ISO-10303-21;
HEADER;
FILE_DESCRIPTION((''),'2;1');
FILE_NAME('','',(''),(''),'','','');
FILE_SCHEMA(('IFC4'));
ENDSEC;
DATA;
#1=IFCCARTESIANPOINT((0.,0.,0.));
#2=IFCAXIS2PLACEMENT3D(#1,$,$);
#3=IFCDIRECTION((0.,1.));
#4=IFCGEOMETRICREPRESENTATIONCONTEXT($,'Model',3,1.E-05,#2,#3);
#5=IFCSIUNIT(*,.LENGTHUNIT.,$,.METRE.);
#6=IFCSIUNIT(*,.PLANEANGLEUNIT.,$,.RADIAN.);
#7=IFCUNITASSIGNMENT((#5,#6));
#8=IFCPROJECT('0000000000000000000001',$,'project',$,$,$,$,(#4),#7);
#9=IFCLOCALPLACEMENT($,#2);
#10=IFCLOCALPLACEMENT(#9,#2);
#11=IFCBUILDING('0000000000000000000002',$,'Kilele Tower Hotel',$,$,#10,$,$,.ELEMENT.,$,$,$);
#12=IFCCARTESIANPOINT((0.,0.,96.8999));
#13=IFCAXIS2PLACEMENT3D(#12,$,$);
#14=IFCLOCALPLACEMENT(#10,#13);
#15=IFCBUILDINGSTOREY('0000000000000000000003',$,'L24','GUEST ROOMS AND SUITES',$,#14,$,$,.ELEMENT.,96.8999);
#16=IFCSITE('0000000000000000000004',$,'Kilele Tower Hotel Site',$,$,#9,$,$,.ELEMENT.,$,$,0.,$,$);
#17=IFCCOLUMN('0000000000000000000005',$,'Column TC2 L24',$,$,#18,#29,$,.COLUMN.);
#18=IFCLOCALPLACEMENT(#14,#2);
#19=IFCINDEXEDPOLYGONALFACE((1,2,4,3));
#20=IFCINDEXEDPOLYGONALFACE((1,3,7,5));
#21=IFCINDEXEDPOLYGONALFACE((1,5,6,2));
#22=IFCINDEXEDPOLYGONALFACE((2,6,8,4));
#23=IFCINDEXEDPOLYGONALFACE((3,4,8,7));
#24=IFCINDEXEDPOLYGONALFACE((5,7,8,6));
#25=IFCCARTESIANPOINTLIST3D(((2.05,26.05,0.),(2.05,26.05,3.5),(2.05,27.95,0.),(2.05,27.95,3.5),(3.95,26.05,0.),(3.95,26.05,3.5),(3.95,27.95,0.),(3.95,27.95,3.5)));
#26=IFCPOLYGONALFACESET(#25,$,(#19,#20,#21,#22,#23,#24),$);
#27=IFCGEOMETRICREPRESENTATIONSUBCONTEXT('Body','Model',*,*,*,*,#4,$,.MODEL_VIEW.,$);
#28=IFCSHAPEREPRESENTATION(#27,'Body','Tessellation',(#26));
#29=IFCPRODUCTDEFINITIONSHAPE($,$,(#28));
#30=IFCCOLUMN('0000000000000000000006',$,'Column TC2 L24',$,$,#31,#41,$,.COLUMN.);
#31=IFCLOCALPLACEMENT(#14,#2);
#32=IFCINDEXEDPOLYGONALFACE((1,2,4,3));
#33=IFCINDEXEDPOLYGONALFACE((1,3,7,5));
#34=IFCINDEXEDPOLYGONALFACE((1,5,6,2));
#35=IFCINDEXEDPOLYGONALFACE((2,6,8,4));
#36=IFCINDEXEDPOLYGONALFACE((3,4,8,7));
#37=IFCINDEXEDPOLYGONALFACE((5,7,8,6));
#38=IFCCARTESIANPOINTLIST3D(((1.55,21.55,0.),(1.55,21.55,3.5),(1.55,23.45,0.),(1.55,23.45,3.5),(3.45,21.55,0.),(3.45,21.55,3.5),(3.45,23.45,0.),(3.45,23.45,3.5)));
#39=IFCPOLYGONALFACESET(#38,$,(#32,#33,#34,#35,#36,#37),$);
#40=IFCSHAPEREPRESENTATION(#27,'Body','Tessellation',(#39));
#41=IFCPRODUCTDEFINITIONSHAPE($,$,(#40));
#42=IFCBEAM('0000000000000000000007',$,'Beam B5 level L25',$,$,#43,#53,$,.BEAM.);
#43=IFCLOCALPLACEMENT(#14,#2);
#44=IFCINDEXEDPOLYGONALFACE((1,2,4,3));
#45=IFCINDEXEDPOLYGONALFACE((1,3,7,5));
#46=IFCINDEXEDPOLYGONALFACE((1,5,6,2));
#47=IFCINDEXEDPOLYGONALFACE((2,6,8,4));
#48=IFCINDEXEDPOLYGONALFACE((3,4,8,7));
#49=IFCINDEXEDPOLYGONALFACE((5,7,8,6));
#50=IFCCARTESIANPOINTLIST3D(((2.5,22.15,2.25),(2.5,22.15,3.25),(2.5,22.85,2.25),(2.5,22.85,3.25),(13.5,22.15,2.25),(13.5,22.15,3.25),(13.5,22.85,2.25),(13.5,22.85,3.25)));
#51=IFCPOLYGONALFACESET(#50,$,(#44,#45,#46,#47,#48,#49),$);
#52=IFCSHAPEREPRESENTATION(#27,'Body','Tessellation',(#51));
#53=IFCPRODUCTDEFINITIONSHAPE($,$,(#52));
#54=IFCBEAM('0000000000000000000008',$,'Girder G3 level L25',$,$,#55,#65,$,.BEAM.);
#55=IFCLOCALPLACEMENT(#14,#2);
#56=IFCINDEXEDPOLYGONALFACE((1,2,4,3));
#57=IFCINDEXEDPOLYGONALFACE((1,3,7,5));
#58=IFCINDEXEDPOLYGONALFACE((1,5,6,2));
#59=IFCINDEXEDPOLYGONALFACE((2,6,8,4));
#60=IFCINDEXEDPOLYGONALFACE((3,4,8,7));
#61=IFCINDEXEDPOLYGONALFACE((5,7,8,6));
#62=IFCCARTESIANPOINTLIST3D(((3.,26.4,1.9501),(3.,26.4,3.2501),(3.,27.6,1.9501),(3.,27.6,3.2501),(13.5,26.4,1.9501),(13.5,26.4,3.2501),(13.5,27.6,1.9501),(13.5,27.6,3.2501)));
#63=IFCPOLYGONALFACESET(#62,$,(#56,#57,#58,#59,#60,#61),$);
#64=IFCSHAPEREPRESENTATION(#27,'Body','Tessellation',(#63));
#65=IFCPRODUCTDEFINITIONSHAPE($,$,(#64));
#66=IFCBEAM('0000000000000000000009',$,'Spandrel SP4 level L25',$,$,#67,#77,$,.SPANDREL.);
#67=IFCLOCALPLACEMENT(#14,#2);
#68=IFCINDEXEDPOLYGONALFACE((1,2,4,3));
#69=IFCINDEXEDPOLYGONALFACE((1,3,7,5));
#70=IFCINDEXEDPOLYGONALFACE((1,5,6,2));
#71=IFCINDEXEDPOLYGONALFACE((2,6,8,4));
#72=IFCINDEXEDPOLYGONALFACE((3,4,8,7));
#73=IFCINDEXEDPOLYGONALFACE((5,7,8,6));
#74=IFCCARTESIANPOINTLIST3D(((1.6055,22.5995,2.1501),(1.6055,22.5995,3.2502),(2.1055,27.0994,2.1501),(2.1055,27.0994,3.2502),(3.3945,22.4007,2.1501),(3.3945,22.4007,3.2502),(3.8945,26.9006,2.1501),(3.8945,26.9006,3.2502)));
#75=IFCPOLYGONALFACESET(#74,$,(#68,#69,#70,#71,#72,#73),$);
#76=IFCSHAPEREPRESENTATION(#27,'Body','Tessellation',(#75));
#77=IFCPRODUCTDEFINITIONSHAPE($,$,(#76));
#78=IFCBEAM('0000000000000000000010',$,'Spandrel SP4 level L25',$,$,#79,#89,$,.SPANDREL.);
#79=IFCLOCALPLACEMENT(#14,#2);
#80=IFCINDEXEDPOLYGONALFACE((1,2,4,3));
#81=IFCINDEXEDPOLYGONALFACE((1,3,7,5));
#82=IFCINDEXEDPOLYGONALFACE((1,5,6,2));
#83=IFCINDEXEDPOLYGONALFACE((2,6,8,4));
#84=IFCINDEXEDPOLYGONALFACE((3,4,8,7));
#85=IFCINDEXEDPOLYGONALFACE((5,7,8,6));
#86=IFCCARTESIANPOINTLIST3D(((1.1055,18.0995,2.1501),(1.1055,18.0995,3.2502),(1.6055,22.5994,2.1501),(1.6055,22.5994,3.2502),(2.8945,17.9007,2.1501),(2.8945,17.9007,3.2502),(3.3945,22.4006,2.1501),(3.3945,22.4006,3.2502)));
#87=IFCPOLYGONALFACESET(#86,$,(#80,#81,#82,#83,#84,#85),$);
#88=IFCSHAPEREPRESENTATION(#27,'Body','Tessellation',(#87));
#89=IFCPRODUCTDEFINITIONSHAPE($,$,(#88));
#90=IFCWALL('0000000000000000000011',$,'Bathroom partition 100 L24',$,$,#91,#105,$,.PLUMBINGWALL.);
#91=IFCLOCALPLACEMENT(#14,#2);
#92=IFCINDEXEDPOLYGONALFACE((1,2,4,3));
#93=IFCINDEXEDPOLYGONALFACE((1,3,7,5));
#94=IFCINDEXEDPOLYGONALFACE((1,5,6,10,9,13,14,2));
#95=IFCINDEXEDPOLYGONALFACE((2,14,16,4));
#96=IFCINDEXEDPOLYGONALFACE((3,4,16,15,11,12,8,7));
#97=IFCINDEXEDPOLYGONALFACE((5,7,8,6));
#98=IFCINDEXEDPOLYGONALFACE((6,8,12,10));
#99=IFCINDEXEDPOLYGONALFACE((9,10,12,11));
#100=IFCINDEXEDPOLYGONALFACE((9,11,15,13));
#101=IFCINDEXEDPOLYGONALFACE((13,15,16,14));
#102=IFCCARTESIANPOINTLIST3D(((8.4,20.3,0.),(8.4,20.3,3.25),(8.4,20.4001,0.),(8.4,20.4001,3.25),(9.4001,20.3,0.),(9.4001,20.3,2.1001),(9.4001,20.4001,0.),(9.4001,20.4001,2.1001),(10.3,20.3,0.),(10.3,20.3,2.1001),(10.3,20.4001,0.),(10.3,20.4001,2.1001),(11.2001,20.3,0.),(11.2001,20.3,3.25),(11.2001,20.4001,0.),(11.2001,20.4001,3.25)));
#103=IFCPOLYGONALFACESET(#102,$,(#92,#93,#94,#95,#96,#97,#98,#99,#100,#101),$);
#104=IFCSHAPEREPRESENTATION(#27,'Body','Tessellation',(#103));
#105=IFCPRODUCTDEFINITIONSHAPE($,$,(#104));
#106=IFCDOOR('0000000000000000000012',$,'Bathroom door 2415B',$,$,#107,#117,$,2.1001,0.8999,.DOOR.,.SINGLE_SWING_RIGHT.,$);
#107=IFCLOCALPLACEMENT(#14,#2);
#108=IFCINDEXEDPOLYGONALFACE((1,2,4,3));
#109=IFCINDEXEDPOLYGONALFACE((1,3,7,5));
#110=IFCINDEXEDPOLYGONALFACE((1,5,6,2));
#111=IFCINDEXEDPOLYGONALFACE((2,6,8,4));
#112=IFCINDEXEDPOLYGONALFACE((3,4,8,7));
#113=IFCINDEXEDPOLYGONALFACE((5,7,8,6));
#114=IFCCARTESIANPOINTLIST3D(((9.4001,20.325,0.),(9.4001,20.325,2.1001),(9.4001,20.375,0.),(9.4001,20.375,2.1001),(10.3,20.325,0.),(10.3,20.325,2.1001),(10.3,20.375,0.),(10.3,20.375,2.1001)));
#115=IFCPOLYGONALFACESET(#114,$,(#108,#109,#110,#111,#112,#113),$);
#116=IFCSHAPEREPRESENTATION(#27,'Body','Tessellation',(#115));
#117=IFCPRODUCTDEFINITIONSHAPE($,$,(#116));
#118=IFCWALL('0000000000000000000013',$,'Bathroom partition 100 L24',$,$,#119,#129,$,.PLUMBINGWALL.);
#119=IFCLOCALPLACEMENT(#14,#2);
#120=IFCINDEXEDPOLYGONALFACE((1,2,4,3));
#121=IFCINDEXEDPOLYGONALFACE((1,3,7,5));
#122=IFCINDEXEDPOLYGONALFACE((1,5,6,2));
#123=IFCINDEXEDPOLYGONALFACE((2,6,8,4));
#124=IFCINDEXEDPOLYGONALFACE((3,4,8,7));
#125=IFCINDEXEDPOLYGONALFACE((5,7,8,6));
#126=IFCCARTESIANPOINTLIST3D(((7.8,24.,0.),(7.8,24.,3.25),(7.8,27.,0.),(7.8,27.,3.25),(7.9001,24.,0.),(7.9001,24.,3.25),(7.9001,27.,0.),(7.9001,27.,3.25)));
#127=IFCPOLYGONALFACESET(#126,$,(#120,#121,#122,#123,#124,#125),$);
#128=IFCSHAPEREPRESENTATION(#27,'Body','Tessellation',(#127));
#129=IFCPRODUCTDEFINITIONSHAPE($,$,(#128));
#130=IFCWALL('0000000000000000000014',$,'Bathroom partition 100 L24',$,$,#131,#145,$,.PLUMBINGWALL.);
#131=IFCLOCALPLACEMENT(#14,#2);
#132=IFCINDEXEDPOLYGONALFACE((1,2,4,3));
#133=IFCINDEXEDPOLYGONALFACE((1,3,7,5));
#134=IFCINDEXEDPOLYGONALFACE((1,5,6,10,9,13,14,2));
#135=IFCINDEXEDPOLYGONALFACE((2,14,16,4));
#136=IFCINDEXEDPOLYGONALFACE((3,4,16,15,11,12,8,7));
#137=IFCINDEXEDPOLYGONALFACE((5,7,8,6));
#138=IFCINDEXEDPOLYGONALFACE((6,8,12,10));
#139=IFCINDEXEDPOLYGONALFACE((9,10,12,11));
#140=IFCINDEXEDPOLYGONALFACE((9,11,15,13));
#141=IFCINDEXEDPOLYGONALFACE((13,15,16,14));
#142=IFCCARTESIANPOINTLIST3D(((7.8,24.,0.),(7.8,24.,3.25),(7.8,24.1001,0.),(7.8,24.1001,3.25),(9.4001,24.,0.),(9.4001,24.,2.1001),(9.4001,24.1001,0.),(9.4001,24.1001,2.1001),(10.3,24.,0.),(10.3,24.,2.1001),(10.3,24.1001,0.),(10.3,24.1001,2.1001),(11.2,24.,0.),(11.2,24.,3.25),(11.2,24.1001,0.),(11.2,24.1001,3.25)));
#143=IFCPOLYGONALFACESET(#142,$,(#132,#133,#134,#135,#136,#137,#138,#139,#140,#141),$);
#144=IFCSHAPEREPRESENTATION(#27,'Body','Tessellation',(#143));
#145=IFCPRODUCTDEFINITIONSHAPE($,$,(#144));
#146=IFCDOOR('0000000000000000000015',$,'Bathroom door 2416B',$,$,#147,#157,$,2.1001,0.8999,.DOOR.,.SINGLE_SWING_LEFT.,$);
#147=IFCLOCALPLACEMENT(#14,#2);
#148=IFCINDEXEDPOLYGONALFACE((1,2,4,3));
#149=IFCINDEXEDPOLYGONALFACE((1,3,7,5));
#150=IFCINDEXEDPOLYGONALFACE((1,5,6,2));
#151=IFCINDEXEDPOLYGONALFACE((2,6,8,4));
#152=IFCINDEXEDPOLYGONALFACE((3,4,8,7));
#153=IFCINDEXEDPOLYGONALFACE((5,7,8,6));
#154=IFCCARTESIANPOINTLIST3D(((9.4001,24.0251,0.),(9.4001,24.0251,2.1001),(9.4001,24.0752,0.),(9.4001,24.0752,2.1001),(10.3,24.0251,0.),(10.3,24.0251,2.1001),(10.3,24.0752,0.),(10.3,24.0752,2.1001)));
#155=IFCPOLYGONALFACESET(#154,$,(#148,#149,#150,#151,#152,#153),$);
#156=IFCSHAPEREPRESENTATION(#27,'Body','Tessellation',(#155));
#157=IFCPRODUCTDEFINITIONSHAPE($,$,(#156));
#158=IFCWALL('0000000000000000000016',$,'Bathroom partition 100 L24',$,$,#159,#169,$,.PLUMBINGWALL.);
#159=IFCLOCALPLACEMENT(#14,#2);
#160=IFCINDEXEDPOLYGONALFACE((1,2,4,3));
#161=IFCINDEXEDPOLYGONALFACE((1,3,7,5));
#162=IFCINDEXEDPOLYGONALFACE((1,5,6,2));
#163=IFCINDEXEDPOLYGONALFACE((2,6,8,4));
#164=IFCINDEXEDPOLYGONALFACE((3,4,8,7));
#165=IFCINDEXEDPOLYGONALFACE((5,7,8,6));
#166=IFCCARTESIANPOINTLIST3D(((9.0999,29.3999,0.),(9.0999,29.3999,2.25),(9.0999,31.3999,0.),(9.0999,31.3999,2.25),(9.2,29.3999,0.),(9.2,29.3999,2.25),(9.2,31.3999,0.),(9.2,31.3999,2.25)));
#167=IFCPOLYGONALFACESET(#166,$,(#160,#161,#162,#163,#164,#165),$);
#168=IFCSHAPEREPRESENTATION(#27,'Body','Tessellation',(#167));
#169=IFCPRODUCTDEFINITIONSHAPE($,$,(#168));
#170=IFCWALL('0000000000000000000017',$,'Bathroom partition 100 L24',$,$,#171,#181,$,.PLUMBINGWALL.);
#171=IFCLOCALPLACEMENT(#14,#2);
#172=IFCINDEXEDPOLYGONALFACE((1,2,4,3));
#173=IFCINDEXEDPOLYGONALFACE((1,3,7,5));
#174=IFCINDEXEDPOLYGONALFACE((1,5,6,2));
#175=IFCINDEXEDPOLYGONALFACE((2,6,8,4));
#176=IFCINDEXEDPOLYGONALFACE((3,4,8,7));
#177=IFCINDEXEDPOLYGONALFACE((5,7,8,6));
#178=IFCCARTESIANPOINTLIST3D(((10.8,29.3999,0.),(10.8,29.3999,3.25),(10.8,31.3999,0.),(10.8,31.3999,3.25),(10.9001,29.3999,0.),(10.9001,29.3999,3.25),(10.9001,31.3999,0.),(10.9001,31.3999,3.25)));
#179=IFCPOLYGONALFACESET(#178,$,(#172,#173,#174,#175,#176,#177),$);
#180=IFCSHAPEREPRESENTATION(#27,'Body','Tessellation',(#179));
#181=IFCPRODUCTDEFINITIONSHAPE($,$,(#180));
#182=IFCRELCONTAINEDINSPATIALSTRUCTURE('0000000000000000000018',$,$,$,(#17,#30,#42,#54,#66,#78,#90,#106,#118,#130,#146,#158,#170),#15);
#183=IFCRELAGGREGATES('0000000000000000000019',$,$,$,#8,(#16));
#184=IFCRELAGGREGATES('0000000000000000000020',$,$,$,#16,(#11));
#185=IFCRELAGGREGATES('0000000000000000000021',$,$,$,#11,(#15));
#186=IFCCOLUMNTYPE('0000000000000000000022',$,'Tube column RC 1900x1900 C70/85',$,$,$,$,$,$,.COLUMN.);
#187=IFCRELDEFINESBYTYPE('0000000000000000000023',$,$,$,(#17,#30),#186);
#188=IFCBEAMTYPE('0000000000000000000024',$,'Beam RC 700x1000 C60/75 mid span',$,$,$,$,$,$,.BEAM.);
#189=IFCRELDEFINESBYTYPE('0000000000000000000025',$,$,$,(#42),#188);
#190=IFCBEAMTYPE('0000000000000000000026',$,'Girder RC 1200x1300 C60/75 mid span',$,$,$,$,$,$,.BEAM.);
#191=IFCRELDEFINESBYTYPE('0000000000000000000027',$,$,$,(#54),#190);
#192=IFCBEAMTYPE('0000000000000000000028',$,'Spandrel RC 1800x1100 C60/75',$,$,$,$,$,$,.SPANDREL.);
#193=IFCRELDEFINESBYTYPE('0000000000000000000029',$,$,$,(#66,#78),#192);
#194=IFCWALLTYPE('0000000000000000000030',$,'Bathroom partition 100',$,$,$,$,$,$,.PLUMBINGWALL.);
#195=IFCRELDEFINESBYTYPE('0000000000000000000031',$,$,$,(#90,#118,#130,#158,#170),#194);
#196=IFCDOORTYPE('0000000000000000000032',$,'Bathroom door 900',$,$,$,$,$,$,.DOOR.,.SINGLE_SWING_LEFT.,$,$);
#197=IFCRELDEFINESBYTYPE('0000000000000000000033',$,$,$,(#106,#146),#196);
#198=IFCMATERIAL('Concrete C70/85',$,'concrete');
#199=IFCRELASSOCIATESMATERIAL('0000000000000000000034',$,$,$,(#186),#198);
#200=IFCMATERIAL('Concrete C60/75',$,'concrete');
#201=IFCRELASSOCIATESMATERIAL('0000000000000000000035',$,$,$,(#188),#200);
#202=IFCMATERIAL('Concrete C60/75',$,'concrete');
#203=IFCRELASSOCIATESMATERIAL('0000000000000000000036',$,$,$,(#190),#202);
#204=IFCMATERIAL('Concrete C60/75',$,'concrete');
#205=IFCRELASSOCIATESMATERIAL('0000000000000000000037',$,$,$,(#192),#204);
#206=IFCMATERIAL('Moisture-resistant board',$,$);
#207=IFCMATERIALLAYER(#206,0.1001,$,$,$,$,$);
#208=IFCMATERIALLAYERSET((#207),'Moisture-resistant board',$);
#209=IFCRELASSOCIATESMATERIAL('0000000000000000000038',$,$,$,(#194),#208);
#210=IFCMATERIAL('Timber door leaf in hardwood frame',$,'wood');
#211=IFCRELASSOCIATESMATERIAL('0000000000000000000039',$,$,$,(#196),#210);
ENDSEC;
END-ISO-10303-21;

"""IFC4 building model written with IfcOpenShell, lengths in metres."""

from ifc_helpers import new_model, si_unit, direction, frame, frame_2d, origin, origin_2d, place, context, subcontext, project, spatial, rectangle, extrude, material, layer, layer_set, material_profile, profile_set, type_object, element, fill, save


model = new_model("IFC4")

# Units and contexts
model_context = context("Model", 3, precision=1e-05, world=origin(), true_north=direction((0.0, 1.0)))
body_context = subcontext(model_context, "Body", "Model", "MODEL_VIEW")
ifc_project = project(units=[si_unit("LENGTHUNIT", "METRE"), si_unit("PLANEANGLEUNIT", "RADIAN")], contexts=[model_context])

# Site, building, storey
site_placement = place(None, origin())
site = spatial("IfcSite", under=ifc_project, at=site_placement, Name="Kilele Tower Hotel Site", CompositionType="ELEMENT", RefElevation=0.0)
building_placement = place(site_placement, origin())
building = spatial("IfcBuilding", under=site, at=building_placement, Name="Kilele Tower Hotel", CompositionType="ELEMENT")
storey_placement = place(building_placement, frame((0.0, 0.0, 96.8999)))
storey = spatial("IfcBuildingStorey", under=building, at=storey_placement, Name="L24", Description="GUEST ROOMS AND SUITES", CompositionType="ELEMENT", Elevation=96.8999)

# Columns
ifc_material_1 = material(Name="Concrete C70/85", Category="concrete")
ifc_material_profile_1 = material_profile(ifc_material_1, rectangle(XDim=1.8999, YDim=1.8999, at=origin_2d()))
ifc_profile_set_1 = profile_set([ifc_material_profile_1], Name="Concrete C70/85")
column_type = type_object("IfcColumnType", Name="Tube column RC 1900x1900 C70/85", PredefinedType="COLUMN", material=ifc_profile_set_1)
for number, where, z_axis, x_axis, name in (
    (1, (3.0, 27.0, 0.0), (0.0, 0.0, 1.0), (1.0, 0.0, 0.0), "Column TC2 L24"),
    (2, (2.5, 22.5, 0.0), (0.0, 0.0, 1.0), (1.0, 0.0, 0.0), "Column TC2 L24"),
):
    element("IfcColumn", number, at=place(storey_placement, frame(where, z_axis=z_axis, x_axis=x_axis)), inside=storey, type_object=column_type, Name=name, PredefinedType="COLUMN", context=body_context, shape_type="SweptSolid", body=[
        extrude(rectangle(XDim=1.8999, YDim=1.8999, at=origin_2d()), origin(), (0.0, 0.0, 1.0), 3.5),
    ])

# Beams
ifc_material_2 = material(Name="Concrete C60/75", Category="concrete")
ifc_material_profile_2 = material_profile(ifc_material_2, rectangle(XDim=0.7, YDim=1.0, at=origin_2d()))
ifc_profile_set_2 = profile_set([ifc_material_profile_2], Name="Concrete C60/75")
beam_type_1 = type_object("IfcBeamType", Name="Beam RC 700x1000 C60/75 mid span", PredefinedType="BEAM", material=ifc_profile_set_2)
beam_1_placement = place(storey_placement, frame((2.5, 22.5, 2.75), z_axis=(1.0, 0.0, 0.0), x_axis=(0.0, 1.0, 0.0)))
element("IfcBeam", 3, at=beam_1_placement, inside=storey, type_object=beam_type_1, Name="Beam B5 level L25", PredefinedType="BEAM", context=body_context, shape_type="SweptSolid", body=[
    extrude(rectangle(XDim=0.7, YDim=1.0, at=origin_2d()), origin(), (0.0, 0.0, 1.0), 11.0),
])
ifc_material_3 = material(Name="Concrete C60/75", Category="concrete")
ifc_material_profile_3 = material_profile(ifc_material_3, rectangle(XDim=1.2, YDim=1.3, at=origin_2d()))
ifc_profile_set_3 = profile_set([ifc_material_profile_3], Name="Concrete C60/75")
beam_type_2 = type_object("IfcBeamType", Name="Girder RC 1200x1300 C60/75 mid span", PredefinedType="BEAM", material=ifc_profile_set_3)
beam_2_placement = place(storey_placement, frame((3.0, 27.0, 2.6001), z_axis=(1.0, 0.0, 0.0), x_axis=(0.0, 1.0, 0.0)))
element("IfcBeam", 4, at=beam_2_placement, inside=storey, type_object=beam_type_2, Name="Girder G3 level L25", PredefinedType="BEAM", context=body_context, shape_type="SweptSolid", body=[
    extrude(rectangle(XDim=1.2, YDim=1.3, at=origin_2d()), origin(), (0.0, 0.0, 1.0), 10.5),
])
ifc_material_4 = material(Name="Concrete C60/75", Category="concrete")
ifc_material_profile_4 = material_profile(ifc_material_4, rectangle(XDim=1.8, YDim=1.1001, at=origin_2d()))
ifc_profile_set_4 = profile_set([ifc_material_profile_4], Name="Concrete C60/75")
beam_type_3 = type_object("IfcBeamType", Name="Spandrel RC 1800x1100 C60/75", PredefinedType="SPANDREL", material=ifc_profile_set_4)
for number, where, z_axis, x_axis, name in (
    (5, (3.0, 27.0, 2.7002), (-0.110432, -0.993884, 0.0), (0.993884, -0.110432, 0.0), "Spandrel SP4 level L25"),
    (6, (2.5, 22.5, 2.7002), (-0.110432, -0.993884, 0.0), (0.993884, -0.110432, 0.0), "Spandrel SP4 level L25"),
):
    element("IfcBeam", number, at=place(storey_placement, frame(where, z_axis=z_axis, x_axis=x_axis)), inside=storey, type_object=beam_type_3, Name=name, PredefinedType="SPANDREL", context=body_context, shape_type="SweptSolid", body=[
        extrude(rectangle(XDim=1.8, YDim=1.1001, at=origin_2d()), origin(), (0.0, 0.0, 1.0), 4.5276),
    ])

# Wall, opening, door
ifc_material_5 = material(Name="Moisture-resistant board")
ifc_layer_1 = layer(ifc_material_5, 0.1001)
ifc_layer_set_1 = layer_set([ifc_layer_1], Name="Moisture-resistant board")
wall_type_1 = type_object("IfcWallType", Name="Bathroom partition 100", PredefinedType="PLUMBINGWALL", material=ifc_layer_set_1)
wall_1_placement = place(storey_placement, frame((11.2, 20.3501, 0.0), z_axis=(0.0, 0.0, 1.0), x_axis=(-1.0, 0.0, 0.0)))
wall_1 = element("IfcWall", 7, at=wall_1_placement, inside=storey, type_object=wall_type_1, Name="Bathroom partition 100 L24", PredefinedType="PLUMBINGWALL", context=body_context, shape_type="SweptSolid", body=[
    extrude(rectangle(XDim=2.8, YDim=0.1001, at=frame_2d((1.3999, 0.0))), origin(), (0.0, 0.0, 1.0), 3.25),
])
opening_1_placement = place(wall_1_placement, frame((1.7998, 0.0, 0.0), z_axis=(0.0, 0.0, 1.0), x_axis=(-1.0, 0.0, 0.0)))
opening_1 = element("IfcOpeningElement", 8, at=opening_1_placement, cuts=wall_1, PredefinedType="OPENING", context=body_context, shape_type="SweptSolid", body=[
    extrude(rectangle(XDim=0.8999, YDim=2.1001, at=frame_2d((0.45, 1.05))), frame((0.0, 0.0601, 0.0), z_axis=(0.0, -1.0, 0.0), x_axis=(1.0, 0.0, 0.0)), (0.0, 0.0, 1.0), 0.1201),
])
ifc_material_6 = material(Name="Timber door leaf in hardwood frame", Category="wood")
door_type_1 = type_object("IfcDoorType", Name="Bathroom door 900", OperationType="SINGLE_SWING_LEFT", PredefinedType="DOOR", material=ifc_material_6)
door_1_placement = place(opening_1_placement, origin())
door_1 = element("IfcDoor", 9, at=door_1_placement, inside=storey, type_object=door_type_1, Name="Bathroom door 2415B", OperationType="SINGLE_SWING_RIGHT", OverallHeight=2.1001, OverallWidth=0.8999, PredefinedType="DOOR", context=body_context, shape_type="SweptSolid", body=[
    extrude(rectangle(XDim=0.8999, YDim=2.1001, at=frame_2d((0.45, 1.05))), frame((0.0, 0.0249, 0.0), z_axis=(0.0, -1.0, 0.0), x_axis=(1.0, 0.0, 0.0)), (0.0, 0.0, 1.0), 0.05),
])
fill(opening_1, door_1)

# Wall
wall_2_placement = place(storey_placement, frame((7.8501, 24.0, 0.0), z_axis=(0.0, 0.0, 1.0), x_axis=(0.0, 1.0, 0.0)))
element("IfcWall", 10, at=wall_2_placement, inside=storey, type_object=wall_type_1, Name="Bathroom partition 100 L24", PredefinedType="PLUMBINGWALL", context=body_context, shape_type="SweptSolid", body=[
    extrude(rectangle(XDim=3.0, YDim=0.1001, at=frame_2d((1.5, 0.0))), origin(), (0.0, 0.0, 1.0), 3.25),
])

# Wall, opening, door
wall_3_placement = place(storey_placement, frame((11.2, 24.05, 0.0), z_axis=(0.0, 0.0, 1.0), x_axis=(-1.0, 0.0, 0.0)))
wall_3 = element("IfcWall", 11, at=wall_3_placement, inside=storey, type_object=wall_type_1, Name="Bathroom partition 100 L24", PredefinedType="PLUMBINGWALL", context=body_context, shape_type="SweptSolid", body=[
    extrude(rectangle(XDim=3.3999, YDim=0.1001, at=frame_2d((1.7, 0.0))), origin(), (0.0, 0.0, 1.0), 3.25),
])
opening_2_placement = place(wall_3_placement, frame((0.8999, 0.0, 0.0)))
opening_2 = element("IfcOpeningElement", 12, at=opening_2_placement, cuts=wall_3, PredefinedType="OPENING", context=body_context, shape_type="SweptSolid", body=[
    extrude(rectangle(XDim=0.8999, YDim=2.1001, at=frame_2d((0.45, 1.05))), frame((0.0, 0.0601, 0.0), z_axis=(0.0, -1.0, 0.0), x_axis=(1.0, 0.0, 0.0)), (0.0, 0.0, 1.0), 0.1201),
])
door_2_placement = place(opening_2_placement, origin())
door_2 = element("IfcDoor", 13, at=door_2_placement, inside=storey, type_object=door_type_1, Name="Bathroom door 2416B", OperationType="SINGLE_SWING_LEFT", OverallHeight=2.1001, OverallWidth=0.8999, PredefinedType="DOOR", context=body_context, shape_type="SweptSolid", body=[
    extrude(rectangle(XDim=0.8999, YDim=2.1001, at=frame_2d((0.45, 1.05))), frame((0.0, 0.0249, 0.0), z_axis=(0.0, -1.0, 0.0), x_axis=(1.0, 0.0, 0.0)), (0.0, 0.0, 1.0), 0.05),
])
fill(opening_2, door_2)

# Walls
wall_4_placement = place(storey_placement, frame((9.1499, 31.3999, 0.0), z_axis=(0.0, 0.0, 1.0), x_axis=(0.0, -1.0, 0.0)))
element("IfcWall", 14, at=wall_4_placement, inside=storey, type_object=wall_type_1, Name="Bathroom partition 100 L24", PredefinedType="PLUMBINGWALL", context=body_context, shape_type="SweptSolid", body=[
    extrude(rectangle(XDim=2.0, YDim=0.1001, at=frame_2d((1.0, 0.0))), origin(), (0.0, 0.0, 1.0), 2.25),
])
wall_5_placement = place(storey_placement, frame((10.8501, 31.3999, 0.0), z_axis=(0.0, 0.0, 1.0), x_axis=(0.0, -1.0, 0.0)))
element("IfcWall", 15, at=wall_5_placement, inside=storey, type_object=wall_type_1, Name="Bathroom partition 100 L24", PredefinedType="PLUMBINGWALL", context=body_context, shape_type="SweptSolid", body=[
    extrude(rectangle(XDim=2.0, YDim=0.1001, at=frame_2d((1.0, 0.0))), origin(), (0.0, 0.0, 1.0), 3.25),
])

save(model, "model.ifc")
